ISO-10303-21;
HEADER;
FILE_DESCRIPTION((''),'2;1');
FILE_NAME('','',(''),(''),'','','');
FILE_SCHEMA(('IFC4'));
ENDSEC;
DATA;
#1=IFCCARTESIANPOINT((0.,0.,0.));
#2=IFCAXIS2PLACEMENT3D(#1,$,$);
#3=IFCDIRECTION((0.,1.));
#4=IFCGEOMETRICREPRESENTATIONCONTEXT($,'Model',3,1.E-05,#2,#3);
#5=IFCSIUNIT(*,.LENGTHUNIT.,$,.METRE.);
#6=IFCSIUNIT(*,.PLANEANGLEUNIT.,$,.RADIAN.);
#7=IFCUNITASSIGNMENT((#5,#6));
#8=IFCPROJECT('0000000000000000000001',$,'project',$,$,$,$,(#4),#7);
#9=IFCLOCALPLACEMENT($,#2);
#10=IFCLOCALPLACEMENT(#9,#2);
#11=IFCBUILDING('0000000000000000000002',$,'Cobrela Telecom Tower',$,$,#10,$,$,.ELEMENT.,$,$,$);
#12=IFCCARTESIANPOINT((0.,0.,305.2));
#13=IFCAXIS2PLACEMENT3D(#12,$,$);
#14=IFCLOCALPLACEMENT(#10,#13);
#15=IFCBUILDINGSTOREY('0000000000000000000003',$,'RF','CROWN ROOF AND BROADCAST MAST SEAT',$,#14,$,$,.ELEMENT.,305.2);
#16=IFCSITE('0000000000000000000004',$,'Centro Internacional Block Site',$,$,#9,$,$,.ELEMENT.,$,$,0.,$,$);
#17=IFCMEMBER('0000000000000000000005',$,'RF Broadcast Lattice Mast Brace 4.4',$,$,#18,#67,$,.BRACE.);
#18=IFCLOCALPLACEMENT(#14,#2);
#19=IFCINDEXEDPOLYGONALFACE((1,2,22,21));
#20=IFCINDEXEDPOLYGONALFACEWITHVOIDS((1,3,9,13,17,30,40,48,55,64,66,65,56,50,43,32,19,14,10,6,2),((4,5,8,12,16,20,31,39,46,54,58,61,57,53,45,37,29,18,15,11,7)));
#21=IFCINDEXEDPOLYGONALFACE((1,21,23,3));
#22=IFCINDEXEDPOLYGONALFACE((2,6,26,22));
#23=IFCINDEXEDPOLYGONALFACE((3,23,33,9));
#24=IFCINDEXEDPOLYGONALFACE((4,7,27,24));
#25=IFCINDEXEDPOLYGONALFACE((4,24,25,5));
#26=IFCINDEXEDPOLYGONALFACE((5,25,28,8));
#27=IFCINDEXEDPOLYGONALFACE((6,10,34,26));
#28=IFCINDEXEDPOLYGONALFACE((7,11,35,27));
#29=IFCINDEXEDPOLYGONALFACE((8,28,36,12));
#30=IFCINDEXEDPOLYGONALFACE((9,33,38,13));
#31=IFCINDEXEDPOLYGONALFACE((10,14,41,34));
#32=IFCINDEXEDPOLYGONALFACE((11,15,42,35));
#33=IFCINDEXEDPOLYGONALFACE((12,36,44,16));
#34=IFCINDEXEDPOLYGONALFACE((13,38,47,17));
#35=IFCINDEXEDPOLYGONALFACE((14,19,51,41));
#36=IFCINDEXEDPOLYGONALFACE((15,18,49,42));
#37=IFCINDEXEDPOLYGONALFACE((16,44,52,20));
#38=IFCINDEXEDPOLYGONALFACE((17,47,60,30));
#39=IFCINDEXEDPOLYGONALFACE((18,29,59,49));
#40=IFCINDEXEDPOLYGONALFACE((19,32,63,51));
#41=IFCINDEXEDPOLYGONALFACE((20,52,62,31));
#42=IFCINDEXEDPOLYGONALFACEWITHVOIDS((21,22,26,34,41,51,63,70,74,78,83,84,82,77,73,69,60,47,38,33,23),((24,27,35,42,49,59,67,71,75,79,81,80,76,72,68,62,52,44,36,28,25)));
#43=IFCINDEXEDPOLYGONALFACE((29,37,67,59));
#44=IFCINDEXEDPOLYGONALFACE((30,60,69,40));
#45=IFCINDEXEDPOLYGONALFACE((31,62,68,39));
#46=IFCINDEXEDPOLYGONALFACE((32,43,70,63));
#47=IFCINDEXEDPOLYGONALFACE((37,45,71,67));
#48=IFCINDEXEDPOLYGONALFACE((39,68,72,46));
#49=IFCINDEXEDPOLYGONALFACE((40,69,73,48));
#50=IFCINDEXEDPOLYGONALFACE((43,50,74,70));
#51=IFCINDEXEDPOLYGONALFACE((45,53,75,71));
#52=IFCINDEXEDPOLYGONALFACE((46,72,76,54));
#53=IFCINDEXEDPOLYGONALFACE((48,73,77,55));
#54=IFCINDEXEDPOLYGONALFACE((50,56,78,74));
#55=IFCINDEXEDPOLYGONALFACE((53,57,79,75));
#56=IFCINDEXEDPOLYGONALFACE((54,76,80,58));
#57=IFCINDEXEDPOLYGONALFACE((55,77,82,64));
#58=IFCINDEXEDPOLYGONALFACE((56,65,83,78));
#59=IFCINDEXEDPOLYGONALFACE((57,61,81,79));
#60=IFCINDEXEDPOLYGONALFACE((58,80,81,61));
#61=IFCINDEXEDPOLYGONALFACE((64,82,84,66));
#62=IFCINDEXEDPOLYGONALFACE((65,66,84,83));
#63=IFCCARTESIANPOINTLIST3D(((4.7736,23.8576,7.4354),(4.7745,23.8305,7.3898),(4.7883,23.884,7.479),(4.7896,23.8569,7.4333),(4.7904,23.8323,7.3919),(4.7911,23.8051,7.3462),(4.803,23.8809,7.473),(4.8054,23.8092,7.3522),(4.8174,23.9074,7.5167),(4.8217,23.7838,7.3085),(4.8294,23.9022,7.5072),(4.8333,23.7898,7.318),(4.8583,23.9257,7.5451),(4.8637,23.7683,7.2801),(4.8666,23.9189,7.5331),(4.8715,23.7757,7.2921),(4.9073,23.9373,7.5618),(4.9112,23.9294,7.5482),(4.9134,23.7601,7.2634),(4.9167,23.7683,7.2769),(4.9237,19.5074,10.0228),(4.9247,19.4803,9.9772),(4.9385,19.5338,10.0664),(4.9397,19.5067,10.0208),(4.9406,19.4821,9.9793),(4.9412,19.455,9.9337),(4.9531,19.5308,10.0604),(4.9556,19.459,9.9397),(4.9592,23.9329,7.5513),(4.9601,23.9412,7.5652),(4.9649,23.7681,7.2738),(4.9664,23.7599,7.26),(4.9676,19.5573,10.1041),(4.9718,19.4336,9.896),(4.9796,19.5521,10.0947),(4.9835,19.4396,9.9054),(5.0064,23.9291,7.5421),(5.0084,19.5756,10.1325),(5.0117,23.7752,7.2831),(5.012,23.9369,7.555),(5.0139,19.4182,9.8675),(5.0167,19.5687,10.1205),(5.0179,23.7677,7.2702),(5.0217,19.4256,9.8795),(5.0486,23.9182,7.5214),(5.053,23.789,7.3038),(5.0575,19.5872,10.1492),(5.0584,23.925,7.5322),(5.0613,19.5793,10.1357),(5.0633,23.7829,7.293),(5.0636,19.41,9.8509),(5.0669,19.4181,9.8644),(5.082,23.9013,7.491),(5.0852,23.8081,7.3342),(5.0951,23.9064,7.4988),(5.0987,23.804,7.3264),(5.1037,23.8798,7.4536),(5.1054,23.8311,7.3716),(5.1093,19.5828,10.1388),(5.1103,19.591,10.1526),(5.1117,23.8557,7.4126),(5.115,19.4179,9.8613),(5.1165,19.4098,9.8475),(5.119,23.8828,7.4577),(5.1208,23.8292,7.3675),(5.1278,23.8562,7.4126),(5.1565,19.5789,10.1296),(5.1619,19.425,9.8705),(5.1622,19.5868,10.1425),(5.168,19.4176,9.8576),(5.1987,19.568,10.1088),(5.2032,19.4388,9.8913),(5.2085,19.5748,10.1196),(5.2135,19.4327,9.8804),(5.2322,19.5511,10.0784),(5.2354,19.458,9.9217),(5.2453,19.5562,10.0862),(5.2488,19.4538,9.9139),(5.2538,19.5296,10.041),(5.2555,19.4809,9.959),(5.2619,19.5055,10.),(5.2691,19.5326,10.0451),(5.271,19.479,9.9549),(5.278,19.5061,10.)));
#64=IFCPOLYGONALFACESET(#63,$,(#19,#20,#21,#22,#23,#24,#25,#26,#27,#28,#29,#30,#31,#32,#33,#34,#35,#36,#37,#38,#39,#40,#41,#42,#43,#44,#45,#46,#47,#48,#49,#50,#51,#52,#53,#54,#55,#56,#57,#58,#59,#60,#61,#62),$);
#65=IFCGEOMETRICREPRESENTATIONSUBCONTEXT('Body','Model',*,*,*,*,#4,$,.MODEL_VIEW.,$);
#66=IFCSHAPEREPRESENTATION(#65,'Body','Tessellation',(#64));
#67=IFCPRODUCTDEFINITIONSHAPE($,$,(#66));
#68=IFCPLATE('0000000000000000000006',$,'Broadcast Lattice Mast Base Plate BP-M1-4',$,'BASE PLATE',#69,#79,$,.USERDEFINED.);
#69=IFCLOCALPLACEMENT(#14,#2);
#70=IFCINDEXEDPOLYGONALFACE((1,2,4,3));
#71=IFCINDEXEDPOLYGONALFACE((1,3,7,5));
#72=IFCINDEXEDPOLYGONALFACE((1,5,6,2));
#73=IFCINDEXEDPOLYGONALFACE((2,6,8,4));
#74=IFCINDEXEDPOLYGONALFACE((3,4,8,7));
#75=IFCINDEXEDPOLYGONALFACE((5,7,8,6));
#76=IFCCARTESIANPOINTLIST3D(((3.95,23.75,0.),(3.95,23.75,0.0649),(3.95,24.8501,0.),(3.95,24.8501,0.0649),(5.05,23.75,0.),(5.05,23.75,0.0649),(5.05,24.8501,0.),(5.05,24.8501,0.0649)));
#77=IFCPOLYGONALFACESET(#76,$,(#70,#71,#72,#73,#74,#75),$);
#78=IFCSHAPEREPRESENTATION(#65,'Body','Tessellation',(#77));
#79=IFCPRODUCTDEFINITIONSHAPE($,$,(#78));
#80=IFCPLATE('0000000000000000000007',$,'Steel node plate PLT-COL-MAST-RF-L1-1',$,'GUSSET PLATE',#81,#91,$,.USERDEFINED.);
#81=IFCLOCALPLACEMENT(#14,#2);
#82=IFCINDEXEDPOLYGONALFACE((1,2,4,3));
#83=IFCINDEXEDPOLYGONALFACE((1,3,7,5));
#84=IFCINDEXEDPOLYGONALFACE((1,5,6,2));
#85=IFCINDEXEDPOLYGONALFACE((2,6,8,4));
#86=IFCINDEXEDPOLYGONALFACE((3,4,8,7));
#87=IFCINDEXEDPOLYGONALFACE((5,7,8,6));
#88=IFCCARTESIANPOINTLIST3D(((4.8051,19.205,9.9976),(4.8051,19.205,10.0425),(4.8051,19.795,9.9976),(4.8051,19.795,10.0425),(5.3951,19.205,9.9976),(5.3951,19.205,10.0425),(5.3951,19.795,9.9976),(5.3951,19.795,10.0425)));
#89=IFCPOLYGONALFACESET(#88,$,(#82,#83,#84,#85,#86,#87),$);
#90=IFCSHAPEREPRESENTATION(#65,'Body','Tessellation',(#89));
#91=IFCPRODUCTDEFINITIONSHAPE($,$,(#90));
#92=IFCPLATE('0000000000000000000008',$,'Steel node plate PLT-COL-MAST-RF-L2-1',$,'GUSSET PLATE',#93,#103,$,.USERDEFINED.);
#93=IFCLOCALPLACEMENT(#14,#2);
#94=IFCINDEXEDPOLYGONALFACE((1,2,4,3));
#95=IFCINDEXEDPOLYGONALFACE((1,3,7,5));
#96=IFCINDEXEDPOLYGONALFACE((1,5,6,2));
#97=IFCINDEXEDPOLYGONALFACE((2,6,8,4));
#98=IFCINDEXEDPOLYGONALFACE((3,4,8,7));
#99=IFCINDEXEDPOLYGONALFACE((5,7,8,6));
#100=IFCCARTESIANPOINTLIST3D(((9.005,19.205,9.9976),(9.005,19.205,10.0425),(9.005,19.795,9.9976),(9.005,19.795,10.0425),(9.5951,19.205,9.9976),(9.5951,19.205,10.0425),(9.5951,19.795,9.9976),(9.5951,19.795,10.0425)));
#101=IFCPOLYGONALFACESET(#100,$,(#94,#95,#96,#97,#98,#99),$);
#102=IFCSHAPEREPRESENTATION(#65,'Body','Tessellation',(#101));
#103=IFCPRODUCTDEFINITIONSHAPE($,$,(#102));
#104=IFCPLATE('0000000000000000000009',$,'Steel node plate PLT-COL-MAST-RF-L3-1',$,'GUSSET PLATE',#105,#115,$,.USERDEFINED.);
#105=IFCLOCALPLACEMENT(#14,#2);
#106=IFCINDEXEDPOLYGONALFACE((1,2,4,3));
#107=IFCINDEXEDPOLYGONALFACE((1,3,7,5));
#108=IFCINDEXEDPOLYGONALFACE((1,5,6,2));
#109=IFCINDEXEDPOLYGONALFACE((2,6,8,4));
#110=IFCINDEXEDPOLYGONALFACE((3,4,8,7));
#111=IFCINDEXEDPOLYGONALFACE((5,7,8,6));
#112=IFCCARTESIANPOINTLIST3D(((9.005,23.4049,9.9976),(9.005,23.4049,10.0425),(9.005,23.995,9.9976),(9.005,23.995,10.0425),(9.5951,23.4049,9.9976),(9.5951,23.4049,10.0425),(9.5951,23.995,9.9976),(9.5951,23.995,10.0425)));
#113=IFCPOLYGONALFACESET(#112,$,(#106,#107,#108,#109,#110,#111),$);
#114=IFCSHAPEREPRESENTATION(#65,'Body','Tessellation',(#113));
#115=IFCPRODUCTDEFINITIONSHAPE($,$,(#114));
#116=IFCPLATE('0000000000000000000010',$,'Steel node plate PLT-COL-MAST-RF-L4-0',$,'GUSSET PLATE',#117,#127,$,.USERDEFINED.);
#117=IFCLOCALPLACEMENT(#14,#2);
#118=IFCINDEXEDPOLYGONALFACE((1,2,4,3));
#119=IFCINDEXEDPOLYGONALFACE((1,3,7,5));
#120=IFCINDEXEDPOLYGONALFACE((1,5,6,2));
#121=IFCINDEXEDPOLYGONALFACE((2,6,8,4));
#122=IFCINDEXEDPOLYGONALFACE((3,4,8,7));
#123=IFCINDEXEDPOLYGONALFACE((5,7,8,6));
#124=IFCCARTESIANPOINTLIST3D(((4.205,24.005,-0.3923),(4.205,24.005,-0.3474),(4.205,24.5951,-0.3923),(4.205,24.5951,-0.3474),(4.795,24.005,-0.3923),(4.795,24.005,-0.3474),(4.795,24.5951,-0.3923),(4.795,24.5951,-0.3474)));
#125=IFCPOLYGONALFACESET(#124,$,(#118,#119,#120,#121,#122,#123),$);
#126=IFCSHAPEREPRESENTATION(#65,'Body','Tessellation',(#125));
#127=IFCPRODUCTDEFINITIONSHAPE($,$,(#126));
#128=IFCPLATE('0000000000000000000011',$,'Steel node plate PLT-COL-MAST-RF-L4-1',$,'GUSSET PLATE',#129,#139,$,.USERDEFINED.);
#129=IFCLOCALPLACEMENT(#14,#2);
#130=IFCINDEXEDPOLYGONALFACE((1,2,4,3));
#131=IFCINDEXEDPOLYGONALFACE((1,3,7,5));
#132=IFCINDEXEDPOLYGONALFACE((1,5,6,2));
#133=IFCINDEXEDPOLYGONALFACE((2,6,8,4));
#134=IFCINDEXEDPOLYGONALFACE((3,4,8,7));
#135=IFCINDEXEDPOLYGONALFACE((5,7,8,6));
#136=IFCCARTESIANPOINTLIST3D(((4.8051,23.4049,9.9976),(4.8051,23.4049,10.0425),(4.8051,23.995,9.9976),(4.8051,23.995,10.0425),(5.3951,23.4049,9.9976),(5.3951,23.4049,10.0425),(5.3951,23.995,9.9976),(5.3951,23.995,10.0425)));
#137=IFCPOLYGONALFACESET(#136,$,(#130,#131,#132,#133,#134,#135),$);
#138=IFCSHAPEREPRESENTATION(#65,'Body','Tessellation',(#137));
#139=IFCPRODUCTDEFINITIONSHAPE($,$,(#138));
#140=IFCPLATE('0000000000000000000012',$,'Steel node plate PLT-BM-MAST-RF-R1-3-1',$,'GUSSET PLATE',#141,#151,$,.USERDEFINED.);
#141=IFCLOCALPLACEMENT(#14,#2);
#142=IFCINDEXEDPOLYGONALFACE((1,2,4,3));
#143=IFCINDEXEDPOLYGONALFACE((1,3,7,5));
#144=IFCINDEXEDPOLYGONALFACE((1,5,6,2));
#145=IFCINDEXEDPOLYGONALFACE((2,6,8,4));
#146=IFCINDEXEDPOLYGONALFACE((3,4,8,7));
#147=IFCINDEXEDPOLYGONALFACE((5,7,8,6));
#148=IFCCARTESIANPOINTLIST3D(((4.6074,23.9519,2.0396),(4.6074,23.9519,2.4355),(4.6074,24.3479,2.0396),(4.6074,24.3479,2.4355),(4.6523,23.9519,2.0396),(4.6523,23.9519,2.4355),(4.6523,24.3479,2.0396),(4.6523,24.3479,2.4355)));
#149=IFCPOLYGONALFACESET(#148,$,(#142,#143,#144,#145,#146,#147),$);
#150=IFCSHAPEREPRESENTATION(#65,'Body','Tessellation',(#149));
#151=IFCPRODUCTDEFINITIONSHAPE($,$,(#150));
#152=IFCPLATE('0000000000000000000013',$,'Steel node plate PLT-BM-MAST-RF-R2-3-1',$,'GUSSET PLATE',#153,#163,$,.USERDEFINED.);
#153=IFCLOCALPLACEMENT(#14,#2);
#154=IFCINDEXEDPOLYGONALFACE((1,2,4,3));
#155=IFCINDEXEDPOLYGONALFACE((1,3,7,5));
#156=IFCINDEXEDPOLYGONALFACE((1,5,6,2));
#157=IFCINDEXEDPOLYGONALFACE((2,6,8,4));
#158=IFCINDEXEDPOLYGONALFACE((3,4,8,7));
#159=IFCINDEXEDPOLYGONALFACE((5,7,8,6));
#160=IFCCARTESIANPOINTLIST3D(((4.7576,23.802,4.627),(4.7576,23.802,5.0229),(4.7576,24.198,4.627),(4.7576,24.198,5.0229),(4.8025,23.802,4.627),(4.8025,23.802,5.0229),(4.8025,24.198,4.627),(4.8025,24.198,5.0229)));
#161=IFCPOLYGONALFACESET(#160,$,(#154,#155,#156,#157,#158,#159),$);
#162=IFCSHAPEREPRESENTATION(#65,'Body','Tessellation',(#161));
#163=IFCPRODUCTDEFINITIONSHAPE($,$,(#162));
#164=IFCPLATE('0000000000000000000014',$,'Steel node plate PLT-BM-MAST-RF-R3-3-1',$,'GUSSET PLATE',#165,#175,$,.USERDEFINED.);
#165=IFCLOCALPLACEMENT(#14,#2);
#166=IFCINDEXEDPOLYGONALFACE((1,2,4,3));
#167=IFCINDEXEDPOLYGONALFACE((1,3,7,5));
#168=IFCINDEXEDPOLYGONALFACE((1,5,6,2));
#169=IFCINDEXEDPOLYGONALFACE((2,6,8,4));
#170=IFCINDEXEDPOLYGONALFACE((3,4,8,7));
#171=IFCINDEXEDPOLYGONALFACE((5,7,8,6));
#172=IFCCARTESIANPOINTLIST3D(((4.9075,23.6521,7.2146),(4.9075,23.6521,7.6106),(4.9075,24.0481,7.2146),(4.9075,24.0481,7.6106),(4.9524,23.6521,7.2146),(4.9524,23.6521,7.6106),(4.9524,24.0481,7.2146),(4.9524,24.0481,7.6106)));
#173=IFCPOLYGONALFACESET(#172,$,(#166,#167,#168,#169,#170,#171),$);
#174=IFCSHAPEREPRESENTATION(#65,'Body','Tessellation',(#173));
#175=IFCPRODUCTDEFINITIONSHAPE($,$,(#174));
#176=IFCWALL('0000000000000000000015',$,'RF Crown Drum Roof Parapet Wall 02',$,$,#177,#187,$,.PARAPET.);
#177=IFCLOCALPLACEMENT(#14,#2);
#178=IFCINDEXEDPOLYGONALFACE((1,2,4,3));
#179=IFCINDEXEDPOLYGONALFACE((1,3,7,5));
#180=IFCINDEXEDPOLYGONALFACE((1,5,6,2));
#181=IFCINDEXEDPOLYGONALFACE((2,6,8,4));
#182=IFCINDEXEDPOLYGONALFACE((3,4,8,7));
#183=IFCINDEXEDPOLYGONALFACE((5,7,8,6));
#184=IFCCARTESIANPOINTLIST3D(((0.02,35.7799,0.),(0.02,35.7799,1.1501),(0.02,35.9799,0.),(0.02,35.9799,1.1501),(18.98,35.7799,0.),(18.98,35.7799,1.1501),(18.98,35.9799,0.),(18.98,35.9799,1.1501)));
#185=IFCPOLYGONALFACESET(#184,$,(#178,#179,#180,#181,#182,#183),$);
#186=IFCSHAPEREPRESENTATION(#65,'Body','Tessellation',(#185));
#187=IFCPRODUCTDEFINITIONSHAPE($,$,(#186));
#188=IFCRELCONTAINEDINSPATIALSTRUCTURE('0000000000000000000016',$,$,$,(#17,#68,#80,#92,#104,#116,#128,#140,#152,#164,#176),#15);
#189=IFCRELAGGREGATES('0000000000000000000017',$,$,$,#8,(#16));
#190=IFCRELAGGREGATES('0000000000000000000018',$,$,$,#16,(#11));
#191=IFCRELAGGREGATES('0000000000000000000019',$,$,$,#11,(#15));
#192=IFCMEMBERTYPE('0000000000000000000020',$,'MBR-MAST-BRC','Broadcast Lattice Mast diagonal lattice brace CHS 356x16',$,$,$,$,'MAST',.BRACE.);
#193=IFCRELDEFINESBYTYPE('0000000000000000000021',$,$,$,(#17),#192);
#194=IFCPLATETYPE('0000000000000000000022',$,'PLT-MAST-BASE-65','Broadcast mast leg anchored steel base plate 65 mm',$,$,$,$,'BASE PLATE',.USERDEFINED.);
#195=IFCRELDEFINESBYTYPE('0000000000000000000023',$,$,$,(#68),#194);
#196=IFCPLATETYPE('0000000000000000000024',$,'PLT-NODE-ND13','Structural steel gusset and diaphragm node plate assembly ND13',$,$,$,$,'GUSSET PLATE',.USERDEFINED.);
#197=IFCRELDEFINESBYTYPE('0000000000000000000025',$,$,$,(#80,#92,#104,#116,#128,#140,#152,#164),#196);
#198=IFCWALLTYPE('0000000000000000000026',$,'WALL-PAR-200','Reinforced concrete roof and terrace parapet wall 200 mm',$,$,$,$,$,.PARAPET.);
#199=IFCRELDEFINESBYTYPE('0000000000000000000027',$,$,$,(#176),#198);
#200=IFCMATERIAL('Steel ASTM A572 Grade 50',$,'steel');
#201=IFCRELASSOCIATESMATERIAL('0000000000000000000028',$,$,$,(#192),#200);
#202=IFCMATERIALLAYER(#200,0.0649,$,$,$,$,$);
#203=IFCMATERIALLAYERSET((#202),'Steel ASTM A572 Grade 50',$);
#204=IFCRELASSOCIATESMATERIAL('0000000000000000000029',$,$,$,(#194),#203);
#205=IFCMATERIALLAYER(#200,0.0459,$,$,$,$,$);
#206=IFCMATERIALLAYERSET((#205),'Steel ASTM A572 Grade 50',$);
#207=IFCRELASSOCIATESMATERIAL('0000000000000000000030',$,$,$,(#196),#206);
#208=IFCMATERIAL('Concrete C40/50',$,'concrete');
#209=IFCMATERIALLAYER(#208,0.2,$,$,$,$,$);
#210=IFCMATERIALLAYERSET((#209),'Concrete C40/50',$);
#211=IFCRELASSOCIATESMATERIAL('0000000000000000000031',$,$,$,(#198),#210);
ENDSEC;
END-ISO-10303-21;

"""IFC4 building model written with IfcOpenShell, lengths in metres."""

from ifc_helpers import new_model, si_unit, direction, frame, frame_2d, origin, origin_2d, place, context, subcontext, project, spatial, rectangle, hollow_circle, extrude, material, layer, layer_set, material_profile, profile_set, type_object, element, save


model = new_model("IFC4")

# Units and contexts
model_context = context("Model", 3, precision=1e-05, world=origin(), true_north=direction((0.0, 1.0)))
body_context = subcontext(model_context, "Body", "Model", "MODEL_VIEW")
ifc_project = project(units=[si_unit("LENGTHUNIT", "METRE"), si_unit("PLANEANGLEUNIT", "RADIAN")], contexts=[model_context])

# Site, building, storey
site_placement = place(None, origin())
site = spatial("IfcSite", under=ifc_project, at=site_placement, Name="Centro Internacional Block Site", CompositionType="ELEMENT", RefElevation=0.0)
building_placement = place(site_placement, origin())
building = spatial("IfcBuilding", under=site, at=building_placement, Name="Cobrela Telecom Tower", CompositionType="ELEMENT")
storey_placement = place(building_placement, frame((0.0, 0.0, 305.2)))
storey = spatial("IfcBuildingStorey", under=building, at=storey_placement, Name="RF", Description="CROWN ROOF AND BROADCAST MAST SEAT", CompositionType="ELEMENT", Elevation=305.2)

# Shared definitions
ifc_material_1 = material(Name="Steel ASTM A572 Grade 50", Category="steel")

# Member
ifc_material_profile_1 = material_profile(ifc_material_1, hollow_circle(Radius=0.178, WallThickness=0.0161, at=origin_2d()), Name="CHS 356x16")
ifc_profile_set_1 = profile_set([ifc_material_profile_1], Name="Steel ASTM A572 Grade 50")
member_type = type_object("IfcMemberType", Name="MBR-MAST-BRC", Description="Broadcast Lattice Mast diagonal lattice brace CHS 356x16", ElementType="MAST", PredefinedType="BRACE", material=ifc_profile_set_1)
for number, where, z_axis, x_axis, name in (
    (1, (4.95, 23.8501, 7.4126), (0.029652, -0.859084, 0.510976), (0.999405, 0.034495, 0.0), "RF Broadcast Lattice Mast Brace 4.4"),
):
    element("IfcMember", number, at=place(storey_placement, frame(where, z_axis=z_axis, x_axis=x_axis)), inside=storey, type_object=member_type, Name=name, PredefinedType="BRACE", context=body_context, shape_type="SweptSolid", body=[
        extrude(hollow_circle(Radius=0.178, WallThickness=0.0161, at=origin_2d()), origin(), (0.0, 0.0, 1.0), 5.0637),
    ])

# Plates
ifc_layer_1 = layer(ifc_material_1, 0.0649)
ifc_layer_set_1 = layer_set([ifc_layer_1], Name="Steel ASTM A572 Grade 50")
plate_type_1 = type_object("IfcPlateType", Name="PLT-MAST-BASE-65", Description="Broadcast mast leg anchored steel base plate 65 mm", ElementType="BASE PLATE", PredefinedType="USERDEFINED", material=ifc_layer_set_1)
plate_placement = place(storey_placement, frame((4.5, 24.3, 0.0), z_axis=(0.0, 0.0, 1.0), x_axis=(1.0, 0.0, 0.0)))
element("IfcPlate", 2, at=plate_placement, inside=storey, type_object=plate_type_1, Name="Broadcast Lattice Mast Base Plate BP-M1-4", ObjectType="BASE PLATE", PredefinedType="USERDEFINED", context=body_context, shape_type="SweptSolid", body=[
    extrude(rectangle(XDim=1.1001, YDim=1.1001, at=origin_2d()), origin(), (0.0, 0.0, 1.0), 0.0649),
])
ifc_layer_2 = layer(ifc_material_1, 0.0459)
ifc_layer_set_2 = layer_set([ifc_layer_2], Name="Steel ASTM A572 Grade 50")
plate_type_2 = type_object("IfcPlateType", Name="PLT-NODE-ND13", Description="Structural steel gusset and diaphragm node plate assembly ND13", ElementType="GUSSET PLATE", PredefinedType="USERDEFINED", material=ifc_layer_set_2)
for number, where, z_axis, x_axis, name in (
    (3, (5.1001, 19.5, 9.9976), (0.0, 0.0, 1.0), (1.0, 0.0, 0.0), "Steel node plate PLT-COL-MAST-RF-L1-1"),
    (4, (9.3, 19.5, 9.9976), (0.0, 0.0, 1.0), (1.0, 0.0, 0.0), "Steel node plate PLT-COL-MAST-RF-L2-1"),
    (5, (9.3, 23.7, 9.9976), (0.0, 0.0, 1.0), (1.0, 0.0, 0.0), "Steel node plate PLT-COL-MAST-RF-L3-1"),
    (6, (4.5, 24.3, -0.3923), (0.0, 0.0, 1.0), (1.0, 0.0, 0.0), "Steel node plate PLT-COL-MAST-RF-L4-0"),
    (7, (5.1001, 23.7, 9.9976), (0.0, 0.0, 1.0), (1.0, 0.0, 0.0), "Steel node plate PLT-COL-MAST-RF-L4-1"),
):
    element("IfcPlate", number, at=place(storey_placement, frame(where, z_axis=z_axis, x_axis=x_axis)), inside=storey, type_object=plate_type_2, Name=name, ObjectType="GUSSET PLATE", PredefinedType="USERDEFINED", context=body_context, shape_type="SweptSolid", body=[
        extrude(rectangle(XDim=0.5901, YDim=0.5901, at=origin_2d()), origin(), (0.0, 0.0, 1.0), 0.0449),
    ])
for number, where, z_axis, x_axis, name in (
    (8, (4.6299, 24.1499, 2.0396), (0.0, 0.0, 1.0), (-1.0, 0.0, 0.0), "Steel node plate PLT-BM-MAST-RF-R1-3-1"),
    (9, (4.78, 24.0, 4.627), (0.0, 0.0, 1.0), (-1.0, 0.0, 0.0), "Steel node plate PLT-BM-MAST-RF-R2-3-1"),
    (10, (4.9299, 23.8501, 7.2146), (0.0, 0.0, 1.0), (-1.0, 0.0, 0.0), "Steel node plate PLT-BM-MAST-RF-R3-3-1"),
):
    element("IfcPlate", number, at=place(storey_placement, frame(where, z_axis=z_axis, x_axis=x_axis)), inside=storey, type_object=plate_type_2, Name=name, ObjectType="GUSSET PLATE", PredefinedType="USERDEFINED", context=body_context, shape_type="SweptSolid", body=[
        extrude(rectangle(XDim=0.0449, YDim=0.396, at=origin_2d()), origin(), (0.0, 0.0, 1.0), 0.396),
    ])

# Wall
ifc_material_2 = material(Name="Concrete C40/50", Category="concrete")
ifc_layer_3 = layer(ifc_material_2, 0.2)
ifc_layer_set_3 = layer_set([ifc_layer_3], Name="Concrete C40/50")
wall_type = type_object("IfcWallType", Name="WALL-PAR-200", Description="Reinforced concrete roof and terrace parapet wall 200 mm", PredefinedType="PARAPET", material=ifc_layer_set_3)
wall_placement = place(storey_placement, frame((0.02, 35.8799, 0.0), z_axis=(0.0, 0.0, 1.0), x_axis=(1.0, 0.0, 0.0)))
element("IfcWall", 11, at=wall_placement, inside=storey, type_object=wall_type, Name="RF Crown Drum Roof Parapet Wall 02", PredefinedType="PARAPET", context=body_context, shape_type="SweptSolid", body=[
    extrude(rectangle(XDim=18.96, YDim=0.2, at=frame_2d((9.48, 0.0))), origin(), (0.0, 0.0, 1.0), 1.1501),
])

save(model, "model.ifc")
